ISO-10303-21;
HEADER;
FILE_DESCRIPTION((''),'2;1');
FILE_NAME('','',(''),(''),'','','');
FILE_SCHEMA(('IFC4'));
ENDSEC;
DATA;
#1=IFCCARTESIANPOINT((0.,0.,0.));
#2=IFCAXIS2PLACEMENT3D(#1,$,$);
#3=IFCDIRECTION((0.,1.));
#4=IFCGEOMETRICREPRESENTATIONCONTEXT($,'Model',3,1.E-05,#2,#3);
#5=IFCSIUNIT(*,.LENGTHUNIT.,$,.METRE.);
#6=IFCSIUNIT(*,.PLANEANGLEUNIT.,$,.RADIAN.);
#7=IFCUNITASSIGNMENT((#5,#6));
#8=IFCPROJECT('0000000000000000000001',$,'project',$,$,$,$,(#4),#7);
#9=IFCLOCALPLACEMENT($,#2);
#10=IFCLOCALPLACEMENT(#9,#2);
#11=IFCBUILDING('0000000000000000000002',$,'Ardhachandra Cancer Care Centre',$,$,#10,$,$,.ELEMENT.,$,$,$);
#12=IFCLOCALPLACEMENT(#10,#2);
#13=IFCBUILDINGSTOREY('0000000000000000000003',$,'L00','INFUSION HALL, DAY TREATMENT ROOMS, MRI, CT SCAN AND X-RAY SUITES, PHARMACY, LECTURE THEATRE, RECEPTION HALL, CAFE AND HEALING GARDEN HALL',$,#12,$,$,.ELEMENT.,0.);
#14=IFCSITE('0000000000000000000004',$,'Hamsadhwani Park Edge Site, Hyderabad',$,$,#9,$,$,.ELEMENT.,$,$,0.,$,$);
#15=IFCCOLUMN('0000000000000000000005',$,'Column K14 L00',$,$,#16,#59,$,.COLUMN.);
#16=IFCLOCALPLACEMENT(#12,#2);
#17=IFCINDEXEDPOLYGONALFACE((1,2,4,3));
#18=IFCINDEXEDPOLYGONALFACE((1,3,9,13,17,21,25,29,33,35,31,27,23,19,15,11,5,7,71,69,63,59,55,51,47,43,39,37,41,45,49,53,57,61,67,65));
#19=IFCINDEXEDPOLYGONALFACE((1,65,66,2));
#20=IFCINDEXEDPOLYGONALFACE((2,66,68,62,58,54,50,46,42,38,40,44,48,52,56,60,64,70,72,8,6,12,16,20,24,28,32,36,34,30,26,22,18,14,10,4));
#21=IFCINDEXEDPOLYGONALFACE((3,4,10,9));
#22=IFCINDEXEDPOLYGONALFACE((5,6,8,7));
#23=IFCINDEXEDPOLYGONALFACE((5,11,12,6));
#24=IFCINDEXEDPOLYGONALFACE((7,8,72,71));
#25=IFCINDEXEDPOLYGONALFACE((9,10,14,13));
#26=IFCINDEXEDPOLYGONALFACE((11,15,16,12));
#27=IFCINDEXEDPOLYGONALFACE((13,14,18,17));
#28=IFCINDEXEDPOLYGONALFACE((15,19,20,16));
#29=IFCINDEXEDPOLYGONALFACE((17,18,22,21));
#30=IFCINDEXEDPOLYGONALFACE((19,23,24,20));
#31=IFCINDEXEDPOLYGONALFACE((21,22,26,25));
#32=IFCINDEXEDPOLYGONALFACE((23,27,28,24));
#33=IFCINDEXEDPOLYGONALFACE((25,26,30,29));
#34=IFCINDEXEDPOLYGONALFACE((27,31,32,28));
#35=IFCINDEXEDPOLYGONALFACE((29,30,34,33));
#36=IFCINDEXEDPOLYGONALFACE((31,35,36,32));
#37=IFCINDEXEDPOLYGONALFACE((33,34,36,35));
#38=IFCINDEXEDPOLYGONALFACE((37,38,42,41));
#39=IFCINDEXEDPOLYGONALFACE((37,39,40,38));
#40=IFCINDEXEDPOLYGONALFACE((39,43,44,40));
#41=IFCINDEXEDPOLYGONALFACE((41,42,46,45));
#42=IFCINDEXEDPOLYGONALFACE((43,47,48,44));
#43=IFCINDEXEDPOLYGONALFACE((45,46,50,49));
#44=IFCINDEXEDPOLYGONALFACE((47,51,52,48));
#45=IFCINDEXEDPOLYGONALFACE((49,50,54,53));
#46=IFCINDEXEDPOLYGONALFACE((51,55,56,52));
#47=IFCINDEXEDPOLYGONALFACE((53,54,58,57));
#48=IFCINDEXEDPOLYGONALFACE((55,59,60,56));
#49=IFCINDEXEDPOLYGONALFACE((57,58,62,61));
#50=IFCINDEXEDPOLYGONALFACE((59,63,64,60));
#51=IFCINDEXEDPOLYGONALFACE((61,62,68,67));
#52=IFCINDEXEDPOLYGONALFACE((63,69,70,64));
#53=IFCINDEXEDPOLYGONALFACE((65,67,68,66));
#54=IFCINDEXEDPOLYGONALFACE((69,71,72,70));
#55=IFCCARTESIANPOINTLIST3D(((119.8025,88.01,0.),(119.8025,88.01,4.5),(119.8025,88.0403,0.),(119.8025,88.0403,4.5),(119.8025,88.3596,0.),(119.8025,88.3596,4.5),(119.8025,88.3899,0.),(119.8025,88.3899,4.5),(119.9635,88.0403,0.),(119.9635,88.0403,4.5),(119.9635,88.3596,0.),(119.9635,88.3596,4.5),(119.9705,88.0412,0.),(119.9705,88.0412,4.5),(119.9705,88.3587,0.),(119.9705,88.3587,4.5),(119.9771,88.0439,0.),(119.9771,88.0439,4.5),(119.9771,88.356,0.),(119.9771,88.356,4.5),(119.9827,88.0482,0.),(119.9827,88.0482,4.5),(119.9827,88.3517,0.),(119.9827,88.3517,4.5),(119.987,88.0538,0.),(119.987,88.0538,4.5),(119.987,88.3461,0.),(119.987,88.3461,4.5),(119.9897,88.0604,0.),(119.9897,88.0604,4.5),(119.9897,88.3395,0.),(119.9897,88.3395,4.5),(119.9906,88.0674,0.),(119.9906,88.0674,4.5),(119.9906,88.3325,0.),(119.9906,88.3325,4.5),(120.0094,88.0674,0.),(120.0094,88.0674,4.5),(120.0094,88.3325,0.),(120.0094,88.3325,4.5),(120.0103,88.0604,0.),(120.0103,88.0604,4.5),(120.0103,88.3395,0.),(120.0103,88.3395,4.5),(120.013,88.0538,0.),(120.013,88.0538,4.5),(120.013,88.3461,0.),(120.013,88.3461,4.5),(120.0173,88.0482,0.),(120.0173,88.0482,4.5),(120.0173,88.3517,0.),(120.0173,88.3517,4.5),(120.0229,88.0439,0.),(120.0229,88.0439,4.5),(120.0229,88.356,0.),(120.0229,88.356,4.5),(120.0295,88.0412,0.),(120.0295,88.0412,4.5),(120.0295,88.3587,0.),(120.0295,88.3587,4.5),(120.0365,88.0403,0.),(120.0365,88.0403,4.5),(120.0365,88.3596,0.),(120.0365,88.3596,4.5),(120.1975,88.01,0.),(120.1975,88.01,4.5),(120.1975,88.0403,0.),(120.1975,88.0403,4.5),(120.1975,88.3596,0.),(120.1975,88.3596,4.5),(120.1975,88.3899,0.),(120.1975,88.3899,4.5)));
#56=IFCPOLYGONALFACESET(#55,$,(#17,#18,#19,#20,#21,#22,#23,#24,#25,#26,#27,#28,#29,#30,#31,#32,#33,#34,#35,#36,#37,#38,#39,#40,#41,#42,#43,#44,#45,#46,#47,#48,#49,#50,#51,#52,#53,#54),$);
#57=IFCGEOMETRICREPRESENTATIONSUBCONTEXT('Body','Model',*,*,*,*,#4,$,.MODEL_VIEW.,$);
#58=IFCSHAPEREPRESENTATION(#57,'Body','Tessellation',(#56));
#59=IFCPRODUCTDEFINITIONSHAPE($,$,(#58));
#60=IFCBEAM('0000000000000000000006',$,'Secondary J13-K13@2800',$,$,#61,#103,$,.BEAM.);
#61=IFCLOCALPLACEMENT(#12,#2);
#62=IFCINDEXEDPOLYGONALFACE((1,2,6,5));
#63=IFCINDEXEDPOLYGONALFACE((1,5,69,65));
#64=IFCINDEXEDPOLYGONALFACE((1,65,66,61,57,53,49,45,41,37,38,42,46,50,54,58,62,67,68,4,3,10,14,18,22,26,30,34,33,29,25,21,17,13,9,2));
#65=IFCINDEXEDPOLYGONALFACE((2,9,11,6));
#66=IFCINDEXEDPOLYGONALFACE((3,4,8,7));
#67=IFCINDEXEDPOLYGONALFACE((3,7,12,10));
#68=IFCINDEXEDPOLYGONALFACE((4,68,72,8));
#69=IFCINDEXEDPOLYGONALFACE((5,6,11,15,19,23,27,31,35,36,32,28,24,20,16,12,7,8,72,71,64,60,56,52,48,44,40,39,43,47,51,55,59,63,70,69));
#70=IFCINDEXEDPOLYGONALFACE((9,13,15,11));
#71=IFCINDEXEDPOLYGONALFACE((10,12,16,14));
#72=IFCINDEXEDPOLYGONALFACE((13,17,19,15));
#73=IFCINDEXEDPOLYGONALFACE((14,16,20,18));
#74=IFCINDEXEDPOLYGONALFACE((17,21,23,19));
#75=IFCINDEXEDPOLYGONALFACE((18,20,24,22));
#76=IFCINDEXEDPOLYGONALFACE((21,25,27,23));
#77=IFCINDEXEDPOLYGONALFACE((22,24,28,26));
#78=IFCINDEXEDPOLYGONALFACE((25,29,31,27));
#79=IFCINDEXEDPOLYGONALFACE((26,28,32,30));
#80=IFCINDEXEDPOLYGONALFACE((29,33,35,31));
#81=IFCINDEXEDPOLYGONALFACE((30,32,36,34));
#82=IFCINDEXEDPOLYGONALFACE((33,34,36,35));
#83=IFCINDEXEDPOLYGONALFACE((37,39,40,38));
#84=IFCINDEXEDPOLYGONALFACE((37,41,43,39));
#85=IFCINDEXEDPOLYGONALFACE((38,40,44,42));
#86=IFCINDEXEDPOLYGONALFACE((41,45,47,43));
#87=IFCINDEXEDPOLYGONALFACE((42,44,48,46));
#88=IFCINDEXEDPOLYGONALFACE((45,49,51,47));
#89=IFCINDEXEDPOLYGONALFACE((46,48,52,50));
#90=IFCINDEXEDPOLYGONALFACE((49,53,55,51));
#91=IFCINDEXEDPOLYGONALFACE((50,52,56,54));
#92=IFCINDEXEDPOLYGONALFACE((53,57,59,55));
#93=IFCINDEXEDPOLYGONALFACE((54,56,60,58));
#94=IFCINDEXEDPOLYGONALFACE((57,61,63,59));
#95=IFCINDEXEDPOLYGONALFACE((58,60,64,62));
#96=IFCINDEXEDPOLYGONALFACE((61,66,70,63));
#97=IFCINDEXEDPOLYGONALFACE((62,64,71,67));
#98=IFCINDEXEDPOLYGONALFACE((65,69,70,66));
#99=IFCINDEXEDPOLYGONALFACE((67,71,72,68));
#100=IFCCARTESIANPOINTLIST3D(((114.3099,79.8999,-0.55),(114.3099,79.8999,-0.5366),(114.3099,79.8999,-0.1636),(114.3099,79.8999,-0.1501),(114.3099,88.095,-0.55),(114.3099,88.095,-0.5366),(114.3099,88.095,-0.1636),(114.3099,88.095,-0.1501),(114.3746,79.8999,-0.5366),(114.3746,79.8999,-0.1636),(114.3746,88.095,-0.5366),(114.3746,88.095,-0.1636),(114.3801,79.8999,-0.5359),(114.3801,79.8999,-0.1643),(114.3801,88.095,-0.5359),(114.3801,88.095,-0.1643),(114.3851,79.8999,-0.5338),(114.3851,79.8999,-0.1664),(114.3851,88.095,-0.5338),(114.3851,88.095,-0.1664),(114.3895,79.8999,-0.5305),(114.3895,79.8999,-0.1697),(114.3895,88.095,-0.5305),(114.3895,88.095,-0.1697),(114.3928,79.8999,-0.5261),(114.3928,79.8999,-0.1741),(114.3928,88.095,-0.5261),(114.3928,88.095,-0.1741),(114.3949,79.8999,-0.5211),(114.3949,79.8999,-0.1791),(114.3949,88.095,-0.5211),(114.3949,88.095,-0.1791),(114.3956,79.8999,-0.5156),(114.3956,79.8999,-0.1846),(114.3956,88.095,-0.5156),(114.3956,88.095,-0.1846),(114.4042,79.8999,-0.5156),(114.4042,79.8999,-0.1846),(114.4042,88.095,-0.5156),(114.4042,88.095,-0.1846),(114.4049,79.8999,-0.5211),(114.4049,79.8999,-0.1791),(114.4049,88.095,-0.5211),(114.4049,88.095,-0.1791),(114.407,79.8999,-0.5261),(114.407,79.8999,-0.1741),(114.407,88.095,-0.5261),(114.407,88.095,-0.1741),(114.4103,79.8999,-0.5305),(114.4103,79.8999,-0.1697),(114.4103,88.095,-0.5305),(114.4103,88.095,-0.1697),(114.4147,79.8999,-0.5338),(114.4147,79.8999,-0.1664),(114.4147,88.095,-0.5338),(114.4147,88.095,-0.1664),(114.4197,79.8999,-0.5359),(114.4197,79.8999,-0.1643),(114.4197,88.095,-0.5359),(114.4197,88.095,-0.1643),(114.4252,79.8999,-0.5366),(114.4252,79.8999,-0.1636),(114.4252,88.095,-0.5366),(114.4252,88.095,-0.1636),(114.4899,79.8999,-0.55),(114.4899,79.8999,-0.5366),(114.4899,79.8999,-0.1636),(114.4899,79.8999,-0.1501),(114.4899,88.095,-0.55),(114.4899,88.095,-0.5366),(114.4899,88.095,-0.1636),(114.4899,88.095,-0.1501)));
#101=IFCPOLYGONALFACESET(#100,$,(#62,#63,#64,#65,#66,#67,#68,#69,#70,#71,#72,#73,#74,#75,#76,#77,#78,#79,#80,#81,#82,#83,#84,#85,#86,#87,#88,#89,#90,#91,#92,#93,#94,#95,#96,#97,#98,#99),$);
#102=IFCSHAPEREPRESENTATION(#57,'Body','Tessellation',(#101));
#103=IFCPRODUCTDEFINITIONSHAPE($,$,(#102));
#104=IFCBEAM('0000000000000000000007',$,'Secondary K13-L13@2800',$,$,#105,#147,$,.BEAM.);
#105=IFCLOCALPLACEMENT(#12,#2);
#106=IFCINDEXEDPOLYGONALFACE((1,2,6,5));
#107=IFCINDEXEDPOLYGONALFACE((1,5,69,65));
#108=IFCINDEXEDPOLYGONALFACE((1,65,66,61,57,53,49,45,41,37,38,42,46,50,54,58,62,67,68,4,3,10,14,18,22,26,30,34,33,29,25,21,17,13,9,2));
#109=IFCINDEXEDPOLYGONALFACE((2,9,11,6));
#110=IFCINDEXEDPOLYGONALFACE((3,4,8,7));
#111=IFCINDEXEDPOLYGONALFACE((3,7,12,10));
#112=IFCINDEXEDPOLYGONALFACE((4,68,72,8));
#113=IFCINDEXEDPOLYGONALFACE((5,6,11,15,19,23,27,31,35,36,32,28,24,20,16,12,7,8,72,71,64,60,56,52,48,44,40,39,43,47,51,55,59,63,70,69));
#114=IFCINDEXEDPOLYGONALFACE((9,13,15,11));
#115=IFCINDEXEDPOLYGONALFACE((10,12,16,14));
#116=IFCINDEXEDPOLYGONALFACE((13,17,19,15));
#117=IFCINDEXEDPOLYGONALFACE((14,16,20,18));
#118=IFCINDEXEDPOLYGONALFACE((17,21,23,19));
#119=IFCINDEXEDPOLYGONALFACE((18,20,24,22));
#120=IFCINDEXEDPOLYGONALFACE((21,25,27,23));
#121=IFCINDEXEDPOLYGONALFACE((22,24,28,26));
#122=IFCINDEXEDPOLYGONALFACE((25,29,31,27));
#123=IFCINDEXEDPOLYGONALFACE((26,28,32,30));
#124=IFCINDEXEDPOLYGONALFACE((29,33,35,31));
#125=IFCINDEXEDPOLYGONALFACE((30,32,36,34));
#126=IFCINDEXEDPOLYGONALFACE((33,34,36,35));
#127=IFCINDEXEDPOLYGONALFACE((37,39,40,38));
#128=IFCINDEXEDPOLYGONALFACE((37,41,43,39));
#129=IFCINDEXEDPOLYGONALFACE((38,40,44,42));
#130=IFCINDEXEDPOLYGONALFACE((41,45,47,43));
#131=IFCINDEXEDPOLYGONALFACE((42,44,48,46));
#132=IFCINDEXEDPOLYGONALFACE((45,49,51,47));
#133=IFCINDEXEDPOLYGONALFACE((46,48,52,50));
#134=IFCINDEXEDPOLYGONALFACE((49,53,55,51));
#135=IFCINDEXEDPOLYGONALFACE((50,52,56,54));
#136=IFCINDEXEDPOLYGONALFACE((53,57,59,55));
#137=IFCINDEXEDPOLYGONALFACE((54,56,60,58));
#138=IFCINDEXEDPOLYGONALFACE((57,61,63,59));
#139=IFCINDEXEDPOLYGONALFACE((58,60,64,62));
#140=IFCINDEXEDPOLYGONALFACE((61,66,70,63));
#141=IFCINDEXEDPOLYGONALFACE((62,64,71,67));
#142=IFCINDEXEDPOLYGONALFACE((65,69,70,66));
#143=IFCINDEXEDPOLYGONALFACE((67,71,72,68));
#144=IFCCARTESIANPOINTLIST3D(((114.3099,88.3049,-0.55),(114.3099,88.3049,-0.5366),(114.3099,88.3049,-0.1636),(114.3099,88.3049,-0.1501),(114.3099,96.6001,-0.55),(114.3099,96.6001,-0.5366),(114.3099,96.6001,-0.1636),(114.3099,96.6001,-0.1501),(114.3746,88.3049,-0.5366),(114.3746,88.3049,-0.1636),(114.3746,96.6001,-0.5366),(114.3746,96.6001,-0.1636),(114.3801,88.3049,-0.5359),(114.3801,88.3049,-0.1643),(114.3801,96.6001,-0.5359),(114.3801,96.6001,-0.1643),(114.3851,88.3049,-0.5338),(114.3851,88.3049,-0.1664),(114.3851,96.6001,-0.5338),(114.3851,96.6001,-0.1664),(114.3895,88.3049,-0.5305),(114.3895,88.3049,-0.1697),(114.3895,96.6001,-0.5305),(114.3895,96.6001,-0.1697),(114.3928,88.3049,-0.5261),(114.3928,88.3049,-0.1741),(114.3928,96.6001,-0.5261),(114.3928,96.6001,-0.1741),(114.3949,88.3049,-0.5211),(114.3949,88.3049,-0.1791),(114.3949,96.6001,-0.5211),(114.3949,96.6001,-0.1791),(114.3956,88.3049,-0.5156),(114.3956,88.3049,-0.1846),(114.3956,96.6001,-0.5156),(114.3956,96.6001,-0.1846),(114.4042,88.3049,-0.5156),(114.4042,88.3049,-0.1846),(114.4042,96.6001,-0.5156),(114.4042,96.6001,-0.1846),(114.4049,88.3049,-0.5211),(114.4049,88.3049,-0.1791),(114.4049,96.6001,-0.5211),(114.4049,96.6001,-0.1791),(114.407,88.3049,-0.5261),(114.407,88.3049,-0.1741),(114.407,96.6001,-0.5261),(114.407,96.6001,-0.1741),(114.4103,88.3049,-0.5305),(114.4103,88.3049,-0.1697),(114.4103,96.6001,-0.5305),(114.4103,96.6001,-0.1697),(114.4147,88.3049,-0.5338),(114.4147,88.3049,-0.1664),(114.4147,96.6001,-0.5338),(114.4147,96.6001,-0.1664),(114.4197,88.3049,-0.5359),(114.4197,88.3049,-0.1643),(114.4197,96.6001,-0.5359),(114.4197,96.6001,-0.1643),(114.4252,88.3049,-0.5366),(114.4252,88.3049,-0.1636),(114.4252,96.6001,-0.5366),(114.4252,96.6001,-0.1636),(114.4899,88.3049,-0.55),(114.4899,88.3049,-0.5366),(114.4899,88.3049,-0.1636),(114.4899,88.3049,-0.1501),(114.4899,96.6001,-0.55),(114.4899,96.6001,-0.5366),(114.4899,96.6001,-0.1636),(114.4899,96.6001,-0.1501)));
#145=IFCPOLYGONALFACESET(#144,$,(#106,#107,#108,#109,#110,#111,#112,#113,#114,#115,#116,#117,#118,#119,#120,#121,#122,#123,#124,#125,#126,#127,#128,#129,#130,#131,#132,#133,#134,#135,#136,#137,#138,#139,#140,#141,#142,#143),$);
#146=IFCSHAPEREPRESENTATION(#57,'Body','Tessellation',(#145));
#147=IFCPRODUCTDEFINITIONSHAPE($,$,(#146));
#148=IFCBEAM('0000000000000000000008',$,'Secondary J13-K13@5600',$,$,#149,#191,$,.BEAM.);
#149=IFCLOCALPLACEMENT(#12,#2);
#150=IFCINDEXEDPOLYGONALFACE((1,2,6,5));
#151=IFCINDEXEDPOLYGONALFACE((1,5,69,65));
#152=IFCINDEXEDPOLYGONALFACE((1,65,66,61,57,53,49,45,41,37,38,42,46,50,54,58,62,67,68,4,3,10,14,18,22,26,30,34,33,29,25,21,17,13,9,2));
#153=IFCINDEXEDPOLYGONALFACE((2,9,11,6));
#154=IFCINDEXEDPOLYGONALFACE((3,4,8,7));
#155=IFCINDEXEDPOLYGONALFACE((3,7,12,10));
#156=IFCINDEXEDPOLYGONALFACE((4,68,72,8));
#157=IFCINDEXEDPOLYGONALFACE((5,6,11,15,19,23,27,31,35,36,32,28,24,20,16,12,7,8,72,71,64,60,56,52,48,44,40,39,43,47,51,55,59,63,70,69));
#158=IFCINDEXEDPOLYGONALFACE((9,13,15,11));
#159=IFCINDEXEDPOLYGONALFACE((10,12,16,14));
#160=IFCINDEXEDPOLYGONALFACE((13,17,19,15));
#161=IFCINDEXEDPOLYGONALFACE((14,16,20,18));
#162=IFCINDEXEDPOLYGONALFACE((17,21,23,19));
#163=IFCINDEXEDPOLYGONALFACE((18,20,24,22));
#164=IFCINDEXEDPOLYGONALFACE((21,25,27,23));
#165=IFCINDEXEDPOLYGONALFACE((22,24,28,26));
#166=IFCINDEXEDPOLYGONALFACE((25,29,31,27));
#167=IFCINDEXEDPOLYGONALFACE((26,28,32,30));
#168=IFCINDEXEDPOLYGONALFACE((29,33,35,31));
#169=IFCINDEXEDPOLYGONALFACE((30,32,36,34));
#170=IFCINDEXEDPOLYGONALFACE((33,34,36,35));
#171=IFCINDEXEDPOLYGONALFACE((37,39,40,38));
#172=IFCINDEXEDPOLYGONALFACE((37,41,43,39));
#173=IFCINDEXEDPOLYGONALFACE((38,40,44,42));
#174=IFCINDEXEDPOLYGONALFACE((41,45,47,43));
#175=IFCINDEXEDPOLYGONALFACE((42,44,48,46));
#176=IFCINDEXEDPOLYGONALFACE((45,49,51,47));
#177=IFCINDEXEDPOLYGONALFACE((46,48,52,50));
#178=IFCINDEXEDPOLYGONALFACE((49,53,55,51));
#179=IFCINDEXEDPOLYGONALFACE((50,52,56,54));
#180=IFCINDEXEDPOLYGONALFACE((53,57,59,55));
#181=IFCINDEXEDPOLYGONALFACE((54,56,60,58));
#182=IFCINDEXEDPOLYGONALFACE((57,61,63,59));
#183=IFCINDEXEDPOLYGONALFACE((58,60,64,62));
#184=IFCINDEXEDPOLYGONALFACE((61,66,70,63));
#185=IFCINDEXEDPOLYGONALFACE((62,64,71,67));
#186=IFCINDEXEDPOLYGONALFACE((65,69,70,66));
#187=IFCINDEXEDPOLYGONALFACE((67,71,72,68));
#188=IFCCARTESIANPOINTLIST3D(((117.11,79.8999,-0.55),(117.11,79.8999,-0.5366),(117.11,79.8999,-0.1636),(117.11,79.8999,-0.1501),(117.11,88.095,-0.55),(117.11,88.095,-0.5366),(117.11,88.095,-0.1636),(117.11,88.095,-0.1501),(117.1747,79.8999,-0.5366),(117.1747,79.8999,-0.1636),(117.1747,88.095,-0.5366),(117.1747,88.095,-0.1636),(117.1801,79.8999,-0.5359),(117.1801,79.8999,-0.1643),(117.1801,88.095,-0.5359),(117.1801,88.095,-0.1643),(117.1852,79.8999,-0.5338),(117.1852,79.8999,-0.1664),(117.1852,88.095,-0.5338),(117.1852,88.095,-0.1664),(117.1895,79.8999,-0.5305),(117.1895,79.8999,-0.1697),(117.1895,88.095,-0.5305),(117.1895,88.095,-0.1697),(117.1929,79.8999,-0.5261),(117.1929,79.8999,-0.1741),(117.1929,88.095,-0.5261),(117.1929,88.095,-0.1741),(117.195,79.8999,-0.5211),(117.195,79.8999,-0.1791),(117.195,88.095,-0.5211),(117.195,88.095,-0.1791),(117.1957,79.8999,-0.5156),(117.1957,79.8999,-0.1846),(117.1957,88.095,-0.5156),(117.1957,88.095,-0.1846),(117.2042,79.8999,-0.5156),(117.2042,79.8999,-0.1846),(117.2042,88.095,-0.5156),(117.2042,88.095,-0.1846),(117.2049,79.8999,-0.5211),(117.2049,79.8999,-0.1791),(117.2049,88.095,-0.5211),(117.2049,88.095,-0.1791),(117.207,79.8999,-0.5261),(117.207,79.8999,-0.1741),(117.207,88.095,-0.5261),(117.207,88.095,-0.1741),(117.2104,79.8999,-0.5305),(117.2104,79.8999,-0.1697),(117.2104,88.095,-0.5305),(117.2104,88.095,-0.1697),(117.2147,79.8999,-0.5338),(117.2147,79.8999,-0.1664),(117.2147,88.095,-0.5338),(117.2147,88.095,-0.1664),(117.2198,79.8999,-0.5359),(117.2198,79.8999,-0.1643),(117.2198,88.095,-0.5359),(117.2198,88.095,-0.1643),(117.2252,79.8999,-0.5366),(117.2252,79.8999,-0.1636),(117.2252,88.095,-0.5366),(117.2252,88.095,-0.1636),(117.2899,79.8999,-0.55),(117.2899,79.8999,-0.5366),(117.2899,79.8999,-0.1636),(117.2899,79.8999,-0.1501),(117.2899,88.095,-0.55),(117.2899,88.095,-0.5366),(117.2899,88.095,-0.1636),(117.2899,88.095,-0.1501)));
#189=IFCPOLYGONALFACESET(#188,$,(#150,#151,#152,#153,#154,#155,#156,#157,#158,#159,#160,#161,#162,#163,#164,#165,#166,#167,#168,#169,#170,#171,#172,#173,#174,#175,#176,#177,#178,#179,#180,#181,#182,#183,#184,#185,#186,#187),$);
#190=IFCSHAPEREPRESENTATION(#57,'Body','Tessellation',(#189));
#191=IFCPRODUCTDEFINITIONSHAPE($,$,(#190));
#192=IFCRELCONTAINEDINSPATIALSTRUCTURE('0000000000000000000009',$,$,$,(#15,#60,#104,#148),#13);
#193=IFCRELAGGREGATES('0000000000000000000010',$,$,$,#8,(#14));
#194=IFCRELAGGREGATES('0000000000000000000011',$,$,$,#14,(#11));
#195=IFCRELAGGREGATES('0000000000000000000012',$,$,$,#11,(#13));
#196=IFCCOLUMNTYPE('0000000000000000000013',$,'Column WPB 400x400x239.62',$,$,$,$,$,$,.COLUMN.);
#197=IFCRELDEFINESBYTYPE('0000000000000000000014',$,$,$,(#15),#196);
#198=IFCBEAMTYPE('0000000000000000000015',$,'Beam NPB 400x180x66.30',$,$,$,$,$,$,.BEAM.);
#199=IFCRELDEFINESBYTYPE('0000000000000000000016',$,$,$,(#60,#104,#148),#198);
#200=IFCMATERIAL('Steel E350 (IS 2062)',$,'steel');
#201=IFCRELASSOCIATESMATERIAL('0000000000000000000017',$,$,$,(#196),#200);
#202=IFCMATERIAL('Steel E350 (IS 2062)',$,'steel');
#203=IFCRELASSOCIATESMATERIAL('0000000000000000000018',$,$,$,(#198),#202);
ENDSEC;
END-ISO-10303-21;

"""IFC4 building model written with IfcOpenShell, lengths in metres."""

from ifc_helpers import new_model, si_unit, direction, frame, origin, origin_2d, place, context, subcontext, project, spatial, i_section, extrude, material, material_profile, profile_set, type_object, element, save


model = new_model("IFC4")

# Units and contexts
model_context = context("Model", 3, precision=1e-05, world=origin(), true_north=direction((0.0, 1.0)))
body_context = subcontext(model_context, "Body", "Model", "MODEL_VIEW")
ifc_project = project(units=[si_unit("LENGTHUNIT", "METRE"), si_unit("PLANEANGLEUNIT", "RADIAN")], contexts=[model_context])

# Site, building, storey
site_placement = place(None, origin())
site = spatial("IfcSite", under=ifc_project, at=site_placement, Name="Hamsadhwani Park Edge Site, Hyderabad", CompositionType="ELEMENT", RefElevation=0.0)
building_placement = place(site_placement, origin())
building = spatial("IfcBuilding", under=site, at=building_placement, Name="Ardhachandra Cancer Care Centre", CompositionType="ELEMENT")
storey_placement = place(building_placement, origin())
storey = spatial("IfcBuildingStorey", under=building, at=storey_placement, Name="L00", Description="INFUSION HALL, DAY TREATMENT ROOMS, MRI, CT SCAN AND X-RAY SUITES, PHARMACY, LECTURE THEATRE, RECEPTION HALL, CAFE AND HEALING GARDEN HALL", CompositionType="ELEMENT", Elevation=0.0)

# Column
ifc_material_1 = material(Name="Steel E350 (IS 2062)", Category="steel")
ifc_material_profile_1 = material_profile(ifc_material_1, i_section(OverallWidth=0.395, OverallDepth=0.3799, WebThickness=0.0188, FlangeThickness=0.0303, FilletRadius=0.0271, at=origin_2d()), Name="WPB 400x400x239.62")
ifc_profile_set_1 = profile_set([ifc_material_profile_1], Name="Steel E350 (IS 2062)")
column_type = type_object("IfcColumnType", Name="Column WPB 400x400x239.62", PredefinedType="COLUMN", material=ifc_profile_set_1)
column_placement = place(storey_placement, frame((120.0, 88.2, 0.0), z_axis=(0.0, 0.0, 1.0), x_axis=(1.0, 0.0, 0.0)))
element("IfcColumn", 1, at=column_placement, inside=storey, type_object=column_type, Name="Column K14 L00", PredefinedType="COLUMN", context=body_context, shape_type="SweptSolid", body=[
    extrude(i_section(OverallWidth=0.395, OverallDepth=0.3799, WebThickness=0.0188, FlangeThickness=0.0303, FilletRadius=0.0271, at=origin_2d()), origin(), (0.0, 0.0, 1.0), 4.5),
])

# Beams
ifc_material_2 = material(Name="Steel E350 (IS 2062)", Category="steel")
ifc_material_profile_2 = material_profile(ifc_material_2, i_section(OverallWidth=0.1799, OverallDepth=0.3999, WebThickness=0.0085, FlangeThickness=0.0134, FilletRadius=0.021, at=origin_2d()), Name="NPB 400x180x66.30")
ifc_profile_set_2 = profile_set([ifc_material_profile_2], Name="Steel E350 (IS 2062)")
beam_type_1 = type_object("IfcBeamType", Name="Beam NPB 400x180x66.30", PredefinedType="BEAM", material=ifc_profile_set_2)
beam_1_placement = place(storey_placement, frame((114.3999, 79.8999, -0.3501), z_axis=(0.0, 1.0, 0.0), x_axis=(-1.0, 0.0, 0.0)))
element("IfcBeam", 2, at=beam_1_placement, inside=storey, type_object=beam_type_1, Name="Secondary J13-K13@2800", PredefinedType="BEAM", context=body_context, shape_type="SweptSolid", body=[
    extrude(i_section(OverallWidth=0.1799, OverallDepth=0.3999, WebThickness=0.0085, FlangeThickness=0.0134, FilletRadius=0.021, at=origin_2d()), origin(), (0.0, 0.0, 1.0), 8.1951),
])
beam_2_placement = place(storey_placement, frame((114.3999, 88.3049, -0.3501), z_axis=(0.0, 1.0, 0.0), x_axis=(-1.0, 0.0, 0.0)))
element("IfcBeam", 3, at=beam_2_placement, inside=storey, type_object=beam_type_1, Name="Secondary K13-L13@2800", PredefinedType="BEAM", context=body_context, shape_type="SweptSolid", body=[
    extrude(i_section(OverallWidth=0.1799, OverallDepth=0.3999, WebThickness=0.0085, FlangeThickness=0.0134, FilletRadius=0.021, at=origin_2d()), origin(), (0.0, 0.0, 1.0), 8.2952),
])
beam_3_placement = place(storey_placement, frame((117.2, 79.8999, -0.3501), z_axis=(0.0, 1.0, 0.0), x_axis=(-1.0, 0.0, 0.0)))
element("IfcBeam", 4, at=beam_3_placement, inside=storey, type_object=beam_type_1, Name="Secondary J13-K13@5600", PredefinedType="BEAM", context=body_context, shape_type="SweptSolid", body=[
    extrude(i_section(OverallWidth=0.1799, OverallDepth=0.3999, WebThickness=0.0085, FlangeThickness=0.0134, FilletRadius=0.021, at=origin_2d()), origin(), (0.0, 0.0, 1.0), 8.1951),
])

save(model, "model.ifc")
